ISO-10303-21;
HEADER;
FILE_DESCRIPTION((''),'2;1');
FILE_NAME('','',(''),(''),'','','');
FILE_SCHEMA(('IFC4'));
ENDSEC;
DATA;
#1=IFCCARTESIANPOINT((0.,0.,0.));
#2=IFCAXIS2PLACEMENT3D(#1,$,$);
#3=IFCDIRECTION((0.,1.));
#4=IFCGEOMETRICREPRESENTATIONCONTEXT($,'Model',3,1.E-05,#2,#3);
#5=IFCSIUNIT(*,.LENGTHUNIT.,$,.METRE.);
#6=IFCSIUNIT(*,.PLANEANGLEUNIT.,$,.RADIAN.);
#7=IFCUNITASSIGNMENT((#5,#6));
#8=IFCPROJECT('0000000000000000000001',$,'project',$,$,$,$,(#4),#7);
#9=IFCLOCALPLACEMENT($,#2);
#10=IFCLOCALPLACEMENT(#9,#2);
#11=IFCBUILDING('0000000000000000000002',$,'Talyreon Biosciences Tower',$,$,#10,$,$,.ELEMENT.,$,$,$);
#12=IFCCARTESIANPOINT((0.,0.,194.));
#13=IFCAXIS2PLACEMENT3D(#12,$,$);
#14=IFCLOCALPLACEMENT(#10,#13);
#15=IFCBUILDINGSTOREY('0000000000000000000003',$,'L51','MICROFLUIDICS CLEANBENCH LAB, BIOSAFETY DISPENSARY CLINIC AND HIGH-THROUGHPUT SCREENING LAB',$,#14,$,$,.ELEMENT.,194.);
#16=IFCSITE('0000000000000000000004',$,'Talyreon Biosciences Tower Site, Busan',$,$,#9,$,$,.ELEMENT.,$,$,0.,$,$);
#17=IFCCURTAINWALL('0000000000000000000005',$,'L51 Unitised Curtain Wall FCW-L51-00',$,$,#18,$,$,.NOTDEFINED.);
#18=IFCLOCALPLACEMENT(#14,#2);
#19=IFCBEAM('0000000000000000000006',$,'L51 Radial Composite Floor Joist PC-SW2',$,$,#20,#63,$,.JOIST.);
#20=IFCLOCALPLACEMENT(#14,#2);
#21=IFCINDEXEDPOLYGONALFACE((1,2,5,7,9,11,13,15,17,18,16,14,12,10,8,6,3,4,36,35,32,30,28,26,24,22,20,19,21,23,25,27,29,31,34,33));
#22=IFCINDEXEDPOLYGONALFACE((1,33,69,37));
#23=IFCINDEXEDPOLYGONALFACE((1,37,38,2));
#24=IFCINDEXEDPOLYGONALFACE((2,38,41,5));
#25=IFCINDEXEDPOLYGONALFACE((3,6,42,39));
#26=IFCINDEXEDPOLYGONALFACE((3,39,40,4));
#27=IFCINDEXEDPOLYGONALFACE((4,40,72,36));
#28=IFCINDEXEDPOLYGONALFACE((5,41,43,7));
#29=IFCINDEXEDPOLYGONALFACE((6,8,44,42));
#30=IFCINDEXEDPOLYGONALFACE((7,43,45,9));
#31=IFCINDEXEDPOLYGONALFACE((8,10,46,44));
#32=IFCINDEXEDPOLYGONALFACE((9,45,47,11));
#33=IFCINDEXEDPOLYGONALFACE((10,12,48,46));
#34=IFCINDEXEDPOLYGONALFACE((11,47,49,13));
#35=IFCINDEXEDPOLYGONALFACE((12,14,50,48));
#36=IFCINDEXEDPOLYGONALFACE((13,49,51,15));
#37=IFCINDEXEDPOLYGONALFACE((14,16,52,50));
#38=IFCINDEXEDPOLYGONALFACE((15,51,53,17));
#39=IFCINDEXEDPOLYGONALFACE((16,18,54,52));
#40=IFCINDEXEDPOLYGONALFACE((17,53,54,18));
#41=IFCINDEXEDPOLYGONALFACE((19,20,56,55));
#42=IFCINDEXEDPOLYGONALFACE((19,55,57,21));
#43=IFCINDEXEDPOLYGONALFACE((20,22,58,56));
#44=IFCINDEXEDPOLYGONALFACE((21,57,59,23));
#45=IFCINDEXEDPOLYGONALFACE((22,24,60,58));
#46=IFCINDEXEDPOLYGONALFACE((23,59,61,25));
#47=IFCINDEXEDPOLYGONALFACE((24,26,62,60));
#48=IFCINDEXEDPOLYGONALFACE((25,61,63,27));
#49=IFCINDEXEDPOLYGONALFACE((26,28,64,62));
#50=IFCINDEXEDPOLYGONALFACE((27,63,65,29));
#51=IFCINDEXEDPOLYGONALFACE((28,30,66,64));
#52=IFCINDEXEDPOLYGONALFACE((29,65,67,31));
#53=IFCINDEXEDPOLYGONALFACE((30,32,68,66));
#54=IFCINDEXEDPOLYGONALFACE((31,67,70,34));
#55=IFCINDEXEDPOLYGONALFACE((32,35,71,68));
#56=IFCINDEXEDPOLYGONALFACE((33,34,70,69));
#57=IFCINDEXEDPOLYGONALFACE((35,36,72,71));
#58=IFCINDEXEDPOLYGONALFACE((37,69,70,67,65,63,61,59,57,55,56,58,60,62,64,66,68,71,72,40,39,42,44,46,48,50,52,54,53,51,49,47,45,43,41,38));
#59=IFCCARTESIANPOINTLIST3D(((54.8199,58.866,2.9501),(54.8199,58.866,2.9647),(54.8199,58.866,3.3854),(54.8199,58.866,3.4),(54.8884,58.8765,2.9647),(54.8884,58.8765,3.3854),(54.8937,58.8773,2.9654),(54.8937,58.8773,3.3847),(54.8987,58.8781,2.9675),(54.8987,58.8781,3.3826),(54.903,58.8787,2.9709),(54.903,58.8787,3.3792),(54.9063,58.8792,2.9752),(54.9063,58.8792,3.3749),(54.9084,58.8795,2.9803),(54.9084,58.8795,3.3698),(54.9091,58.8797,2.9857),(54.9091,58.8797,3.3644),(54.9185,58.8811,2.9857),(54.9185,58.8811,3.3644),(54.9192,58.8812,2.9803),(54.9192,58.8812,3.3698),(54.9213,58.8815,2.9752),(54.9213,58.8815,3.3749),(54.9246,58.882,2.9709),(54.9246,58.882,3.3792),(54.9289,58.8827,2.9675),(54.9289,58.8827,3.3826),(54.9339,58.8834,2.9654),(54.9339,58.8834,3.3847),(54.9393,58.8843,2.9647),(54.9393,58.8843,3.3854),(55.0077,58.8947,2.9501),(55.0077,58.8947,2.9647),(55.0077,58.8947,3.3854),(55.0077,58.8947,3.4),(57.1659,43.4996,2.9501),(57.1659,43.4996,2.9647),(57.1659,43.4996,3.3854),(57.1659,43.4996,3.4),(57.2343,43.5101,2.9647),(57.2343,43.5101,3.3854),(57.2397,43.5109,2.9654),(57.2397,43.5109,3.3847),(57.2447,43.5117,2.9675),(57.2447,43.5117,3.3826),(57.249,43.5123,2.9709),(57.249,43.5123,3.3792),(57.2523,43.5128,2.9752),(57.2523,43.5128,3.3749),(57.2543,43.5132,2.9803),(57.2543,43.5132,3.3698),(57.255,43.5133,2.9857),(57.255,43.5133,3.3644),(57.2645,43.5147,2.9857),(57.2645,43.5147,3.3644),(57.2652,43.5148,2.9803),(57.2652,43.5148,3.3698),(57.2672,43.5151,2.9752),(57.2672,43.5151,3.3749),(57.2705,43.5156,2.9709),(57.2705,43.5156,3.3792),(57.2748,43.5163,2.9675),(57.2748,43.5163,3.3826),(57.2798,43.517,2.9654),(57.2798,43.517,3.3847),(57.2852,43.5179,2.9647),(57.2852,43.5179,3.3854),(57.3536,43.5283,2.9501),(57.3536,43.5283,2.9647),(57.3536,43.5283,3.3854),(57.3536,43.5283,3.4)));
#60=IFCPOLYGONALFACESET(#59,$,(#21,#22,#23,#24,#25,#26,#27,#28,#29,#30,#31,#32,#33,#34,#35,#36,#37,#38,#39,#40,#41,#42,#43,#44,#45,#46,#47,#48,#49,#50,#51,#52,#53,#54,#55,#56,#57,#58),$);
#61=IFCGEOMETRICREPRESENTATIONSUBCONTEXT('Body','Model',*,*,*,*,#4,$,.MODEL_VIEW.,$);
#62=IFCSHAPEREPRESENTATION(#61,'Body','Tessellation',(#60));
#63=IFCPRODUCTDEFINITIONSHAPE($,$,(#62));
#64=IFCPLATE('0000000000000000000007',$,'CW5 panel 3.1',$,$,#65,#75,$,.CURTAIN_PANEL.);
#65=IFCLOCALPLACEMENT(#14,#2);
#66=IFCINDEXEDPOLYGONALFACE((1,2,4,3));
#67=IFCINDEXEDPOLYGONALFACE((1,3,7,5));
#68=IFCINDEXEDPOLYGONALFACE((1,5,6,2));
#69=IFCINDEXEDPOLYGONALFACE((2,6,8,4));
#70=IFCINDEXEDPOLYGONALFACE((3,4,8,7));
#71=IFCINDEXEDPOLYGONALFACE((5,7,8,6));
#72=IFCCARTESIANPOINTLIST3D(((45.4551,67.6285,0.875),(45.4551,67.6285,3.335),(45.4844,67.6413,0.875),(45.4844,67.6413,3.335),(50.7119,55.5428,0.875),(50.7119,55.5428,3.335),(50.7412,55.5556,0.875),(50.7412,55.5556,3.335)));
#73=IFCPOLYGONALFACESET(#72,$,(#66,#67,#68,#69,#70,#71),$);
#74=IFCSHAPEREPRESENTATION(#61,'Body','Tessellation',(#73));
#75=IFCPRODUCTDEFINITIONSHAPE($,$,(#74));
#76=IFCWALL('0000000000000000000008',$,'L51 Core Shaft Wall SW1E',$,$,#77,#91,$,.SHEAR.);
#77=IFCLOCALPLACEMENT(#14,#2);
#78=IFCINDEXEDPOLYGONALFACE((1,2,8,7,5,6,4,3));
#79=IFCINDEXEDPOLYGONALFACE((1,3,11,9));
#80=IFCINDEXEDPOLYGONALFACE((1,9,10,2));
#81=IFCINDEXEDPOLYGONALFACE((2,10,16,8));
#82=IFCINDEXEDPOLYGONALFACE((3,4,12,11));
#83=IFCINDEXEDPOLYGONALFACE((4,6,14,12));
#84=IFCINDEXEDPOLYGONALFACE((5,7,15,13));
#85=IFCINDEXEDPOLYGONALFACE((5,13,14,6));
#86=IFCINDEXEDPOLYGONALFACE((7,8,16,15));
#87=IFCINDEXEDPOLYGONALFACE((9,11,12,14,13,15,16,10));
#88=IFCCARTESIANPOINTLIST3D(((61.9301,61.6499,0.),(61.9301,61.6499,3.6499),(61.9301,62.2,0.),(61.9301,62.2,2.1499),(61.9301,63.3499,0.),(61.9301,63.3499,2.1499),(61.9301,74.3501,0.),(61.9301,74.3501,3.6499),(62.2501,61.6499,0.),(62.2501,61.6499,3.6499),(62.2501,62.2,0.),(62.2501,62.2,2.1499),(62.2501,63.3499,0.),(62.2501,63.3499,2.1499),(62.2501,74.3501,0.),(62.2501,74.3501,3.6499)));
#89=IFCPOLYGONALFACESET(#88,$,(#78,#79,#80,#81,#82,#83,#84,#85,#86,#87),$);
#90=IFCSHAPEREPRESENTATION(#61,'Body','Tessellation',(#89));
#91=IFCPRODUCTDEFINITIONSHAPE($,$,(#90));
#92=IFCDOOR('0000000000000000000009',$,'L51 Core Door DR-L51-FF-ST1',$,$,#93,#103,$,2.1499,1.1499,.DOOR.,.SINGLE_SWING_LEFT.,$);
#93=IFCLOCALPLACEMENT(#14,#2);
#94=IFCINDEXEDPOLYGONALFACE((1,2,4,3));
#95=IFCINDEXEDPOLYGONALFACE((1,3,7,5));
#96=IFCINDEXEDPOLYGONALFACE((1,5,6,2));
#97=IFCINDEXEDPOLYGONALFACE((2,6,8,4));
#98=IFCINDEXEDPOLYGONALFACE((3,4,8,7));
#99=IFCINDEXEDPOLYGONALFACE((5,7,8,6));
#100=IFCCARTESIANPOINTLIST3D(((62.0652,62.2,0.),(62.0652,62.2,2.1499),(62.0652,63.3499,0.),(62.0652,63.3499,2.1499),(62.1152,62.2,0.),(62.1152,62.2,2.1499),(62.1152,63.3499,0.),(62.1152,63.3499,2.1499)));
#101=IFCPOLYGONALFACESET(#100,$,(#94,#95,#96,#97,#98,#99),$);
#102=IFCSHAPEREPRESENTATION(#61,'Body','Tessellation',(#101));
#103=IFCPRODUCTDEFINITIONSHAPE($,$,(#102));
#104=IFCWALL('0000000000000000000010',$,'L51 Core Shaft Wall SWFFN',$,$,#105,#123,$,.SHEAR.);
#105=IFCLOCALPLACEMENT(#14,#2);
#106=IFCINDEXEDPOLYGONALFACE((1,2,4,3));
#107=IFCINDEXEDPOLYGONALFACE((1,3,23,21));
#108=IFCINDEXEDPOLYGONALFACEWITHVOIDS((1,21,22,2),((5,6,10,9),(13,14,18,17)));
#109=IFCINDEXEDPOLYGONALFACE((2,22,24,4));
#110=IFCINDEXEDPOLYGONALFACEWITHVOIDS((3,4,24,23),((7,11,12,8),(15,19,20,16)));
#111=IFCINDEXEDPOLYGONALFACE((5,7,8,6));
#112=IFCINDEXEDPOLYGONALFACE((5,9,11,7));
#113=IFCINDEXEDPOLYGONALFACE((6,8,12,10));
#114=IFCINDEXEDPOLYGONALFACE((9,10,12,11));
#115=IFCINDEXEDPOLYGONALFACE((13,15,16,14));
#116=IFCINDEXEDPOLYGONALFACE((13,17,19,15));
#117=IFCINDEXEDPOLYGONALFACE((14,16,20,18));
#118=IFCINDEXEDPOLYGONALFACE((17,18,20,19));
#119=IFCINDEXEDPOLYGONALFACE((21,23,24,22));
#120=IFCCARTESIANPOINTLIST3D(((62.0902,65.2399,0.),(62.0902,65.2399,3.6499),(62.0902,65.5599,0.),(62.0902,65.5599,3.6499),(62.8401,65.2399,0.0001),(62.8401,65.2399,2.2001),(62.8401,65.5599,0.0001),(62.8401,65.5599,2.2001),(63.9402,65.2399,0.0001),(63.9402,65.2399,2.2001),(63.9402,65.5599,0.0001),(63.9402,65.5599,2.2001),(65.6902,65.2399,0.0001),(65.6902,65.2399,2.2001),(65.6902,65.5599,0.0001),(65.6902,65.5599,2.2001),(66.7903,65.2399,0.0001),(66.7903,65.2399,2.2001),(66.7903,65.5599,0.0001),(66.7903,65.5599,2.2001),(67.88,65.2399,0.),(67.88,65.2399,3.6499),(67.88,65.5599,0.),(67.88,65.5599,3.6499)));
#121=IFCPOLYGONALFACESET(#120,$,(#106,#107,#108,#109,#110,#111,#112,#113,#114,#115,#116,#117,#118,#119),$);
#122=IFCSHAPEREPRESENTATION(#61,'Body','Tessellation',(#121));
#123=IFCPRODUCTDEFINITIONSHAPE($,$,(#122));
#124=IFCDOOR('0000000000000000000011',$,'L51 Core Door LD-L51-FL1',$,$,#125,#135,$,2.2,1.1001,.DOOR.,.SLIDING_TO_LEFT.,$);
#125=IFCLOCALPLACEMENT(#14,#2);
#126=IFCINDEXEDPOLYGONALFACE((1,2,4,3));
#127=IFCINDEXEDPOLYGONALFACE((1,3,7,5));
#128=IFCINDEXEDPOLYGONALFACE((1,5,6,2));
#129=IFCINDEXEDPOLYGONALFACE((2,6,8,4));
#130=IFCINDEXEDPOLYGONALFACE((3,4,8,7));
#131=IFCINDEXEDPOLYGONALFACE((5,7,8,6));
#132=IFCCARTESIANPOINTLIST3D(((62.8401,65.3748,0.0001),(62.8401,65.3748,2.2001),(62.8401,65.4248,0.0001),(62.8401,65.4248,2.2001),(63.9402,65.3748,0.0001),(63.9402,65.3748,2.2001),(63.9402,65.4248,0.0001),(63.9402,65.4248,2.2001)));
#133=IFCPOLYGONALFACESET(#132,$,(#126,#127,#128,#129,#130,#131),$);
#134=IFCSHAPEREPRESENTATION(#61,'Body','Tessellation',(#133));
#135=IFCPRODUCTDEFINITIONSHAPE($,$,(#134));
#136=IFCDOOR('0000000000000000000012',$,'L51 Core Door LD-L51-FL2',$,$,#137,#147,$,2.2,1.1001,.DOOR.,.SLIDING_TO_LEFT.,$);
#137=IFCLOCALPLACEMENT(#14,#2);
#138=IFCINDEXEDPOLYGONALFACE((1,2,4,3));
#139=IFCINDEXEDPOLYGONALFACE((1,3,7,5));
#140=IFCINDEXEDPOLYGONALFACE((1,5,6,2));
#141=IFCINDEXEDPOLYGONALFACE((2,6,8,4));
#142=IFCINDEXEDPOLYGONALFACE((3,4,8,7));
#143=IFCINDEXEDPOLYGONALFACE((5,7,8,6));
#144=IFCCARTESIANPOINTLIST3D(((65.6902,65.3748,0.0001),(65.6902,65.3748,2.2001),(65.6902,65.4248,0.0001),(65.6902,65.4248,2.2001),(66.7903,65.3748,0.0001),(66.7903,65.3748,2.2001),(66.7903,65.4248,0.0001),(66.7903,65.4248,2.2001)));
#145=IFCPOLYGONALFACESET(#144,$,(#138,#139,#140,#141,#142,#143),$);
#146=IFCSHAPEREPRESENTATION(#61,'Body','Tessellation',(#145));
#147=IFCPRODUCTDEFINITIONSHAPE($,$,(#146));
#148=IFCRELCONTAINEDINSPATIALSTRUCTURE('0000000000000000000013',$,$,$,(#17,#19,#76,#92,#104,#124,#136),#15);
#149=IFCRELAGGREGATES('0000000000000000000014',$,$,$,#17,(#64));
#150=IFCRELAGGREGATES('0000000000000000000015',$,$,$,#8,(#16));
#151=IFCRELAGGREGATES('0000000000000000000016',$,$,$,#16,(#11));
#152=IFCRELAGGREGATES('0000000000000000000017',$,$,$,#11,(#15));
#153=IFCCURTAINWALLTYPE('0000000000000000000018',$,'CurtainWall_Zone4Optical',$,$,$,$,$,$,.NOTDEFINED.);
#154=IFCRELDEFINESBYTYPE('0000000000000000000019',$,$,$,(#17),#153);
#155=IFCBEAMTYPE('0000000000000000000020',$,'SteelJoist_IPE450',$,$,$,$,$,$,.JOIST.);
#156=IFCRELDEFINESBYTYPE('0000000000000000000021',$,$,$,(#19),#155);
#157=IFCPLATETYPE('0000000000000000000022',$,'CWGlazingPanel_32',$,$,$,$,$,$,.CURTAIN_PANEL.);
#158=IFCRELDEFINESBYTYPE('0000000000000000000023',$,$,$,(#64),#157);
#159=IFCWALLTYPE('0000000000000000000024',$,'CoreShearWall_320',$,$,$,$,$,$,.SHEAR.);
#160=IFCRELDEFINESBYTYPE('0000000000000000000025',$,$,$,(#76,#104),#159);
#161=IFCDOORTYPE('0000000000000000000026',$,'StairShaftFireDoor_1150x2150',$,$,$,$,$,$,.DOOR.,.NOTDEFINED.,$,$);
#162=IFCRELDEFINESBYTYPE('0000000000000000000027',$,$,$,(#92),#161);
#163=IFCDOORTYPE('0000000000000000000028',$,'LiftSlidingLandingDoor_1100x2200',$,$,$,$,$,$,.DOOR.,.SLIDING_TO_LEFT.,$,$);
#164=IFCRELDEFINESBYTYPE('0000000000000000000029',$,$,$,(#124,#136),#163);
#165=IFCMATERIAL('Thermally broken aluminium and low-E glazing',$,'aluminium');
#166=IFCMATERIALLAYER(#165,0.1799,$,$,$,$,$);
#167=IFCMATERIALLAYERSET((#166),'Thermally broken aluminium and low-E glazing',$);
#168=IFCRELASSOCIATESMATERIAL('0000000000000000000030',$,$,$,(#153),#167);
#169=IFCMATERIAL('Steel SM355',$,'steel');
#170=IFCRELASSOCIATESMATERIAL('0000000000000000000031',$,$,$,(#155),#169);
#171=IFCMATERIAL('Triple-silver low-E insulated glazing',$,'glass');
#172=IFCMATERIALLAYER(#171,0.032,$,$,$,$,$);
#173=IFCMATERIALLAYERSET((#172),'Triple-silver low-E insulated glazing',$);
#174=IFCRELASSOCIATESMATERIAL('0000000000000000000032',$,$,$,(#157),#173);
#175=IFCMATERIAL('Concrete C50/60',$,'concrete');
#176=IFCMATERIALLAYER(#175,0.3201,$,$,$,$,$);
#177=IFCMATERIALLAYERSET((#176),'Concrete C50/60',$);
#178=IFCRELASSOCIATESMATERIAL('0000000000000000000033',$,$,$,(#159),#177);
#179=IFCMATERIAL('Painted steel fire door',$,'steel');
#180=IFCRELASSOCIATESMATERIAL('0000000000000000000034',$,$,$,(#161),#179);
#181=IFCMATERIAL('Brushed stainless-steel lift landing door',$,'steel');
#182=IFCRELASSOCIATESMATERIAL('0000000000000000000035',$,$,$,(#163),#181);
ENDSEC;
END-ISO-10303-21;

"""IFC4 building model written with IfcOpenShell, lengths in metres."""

from ifc_helpers import new_model, si_unit, direction, frame, frame_2d, origin, origin_2d, place, context, subcontext, project, spatial, rectangle, i_section, extrude, material, layer, layer_set, material_profile, profile_set, type_object, element, fill, aggregate, save


model = new_model("IFC4")

# Units and contexts
model_context = context("Model", 3, precision=1e-05, world=origin(), true_north=direction((0.0, 1.0)))
body_context = subcontext(model_context, "Body", "Model", "MODEL_VIEW")
ifc_project = project(units=[si_unit("LENGTHUNIT", "METRE"), si_unit("PLANEANGLEUNIT", "RADIAN")], contexts=[model_context])

# Site, building, storey
site_placement = place(None, origin())
site = spatial("IfcSite", under=ifc_project, at=site_placement, Name="Talyreon Biosciences Tower Site, Busan", CompositionType="ELEMENT", RefElevation=0.0)
building_placement = place(site_placement, origin())
building = spatial("IfcBuilding", under=site, at=building_placement, Name="Talyreon Biosciences Tower", CompositionType="ELEMENT")
storey_placement = place(building_placement, frame((0.0, 0.0, 194.0)))
storey = spatial("IfcBuildingStorey", under=building, at=storey_placement, Name="L51", Description="MICROFLUIDICS CLEANBENCH LAB, BIOSAFETY DISPENSARY CLINIC AND HIGH-THROUGHPUT SCREENING LAB", CompositionType="ELEMENT", Elevation=194.0)

# Shared definitions
ifc_material_1 = material(Name="Concrete C50/60", Category="concrete")

# Curtain wall
ifc_material_2 = material(Name="Thermally broken aluminium and low-E glazing", Category="aluminium")
ifc_layer_1 = layer(ifc_material_2, 0.1799)
ifc_layer_set_1 = layer_set([ifc_layer_1], Name="Thermally broken aluminium and low-E glazing")
curtain_wall_type = type_object("IfcCurtainWallType", Name="CurtainWall_Zone4Optical", PredefinedType="NOTDEFINED", material=ifc_layer_set_1)
curtain_wall_placement = place(storey_placement, origin())
curtain_wall = element("IfcCurtainWall", 1, at=curtain_wall_placement, inside=storey, type_object=curtain_wall_type, Name="L51 Unitised Curtain Wall FCW-L51-00", PredefinedType="NOTDEFINED")

# Beam
ifc_material_3 = material(Name="Steel SM355", Category="steel")
ifc_material_profile_1 = material_profile(ifc_material_3, i_section(OverallWidth=0.1899, OverallDepth=0.45, WebThickness=0.0095, FlangeThickness=0.0146, FilletRadius=0.021, at=origin_2d()), Name="IPE450")
ifc_profile_set_1 = profile_set([ifc_material_profile_1], Name="Steel SM355")
beam_type_1 = type_object("IfcBeamType", Name="SteelJoist_IPE450", PredefinedType="JOIST", material=ifc_profile_set_1)
beam_1_placement = place(storey_placement, frame((54.9138, 58.8804, 3.175), z_axis=(0.150918, -0.988546, 0.0), x_axis=(0.988546, 0.150918, 0.0)))
element("IfcBeam", 2, at=beam_1_placement, inside=storey, type_object=beam_type_1, Name="L51 Radial Composite Floor Joist PC-SW2", PredefinedType="JOIST", context=body_context, shape_type="SweptSolid", body=[
    extrude(i_section(OverallWidth=0.1899, OverallDepth=0.45, WebThickness=0.0095, FlangeThickness=0.0146, FilletRadius=0.021, at=origin_2d()), origin(), (0.0, 0.0, 1.0), 15.5444),
])

# Plate
ifc_material_4 = material(Name="Triple-silver low-E insulated glazing", Category="glass")
ifc_layer_2 = layer(ifc_material_4, 0.032)
ifc_layer_set_2 = layer_set([ifc_layer_2], Name="Triple-silver low-E insulated glazing")
plate_type = type_object("IfcPlateType", Name="CWGlazingPanel_32", PredefinedType="CURTAIN_PANEL", material=ifc_layer_set_2)
plate_placement = place(storey_placement, frame((48.0981, 61.592, 0.875), z_axis=(0.0, 0.0, 1.0), x_axis=(-0.398862, 0.917011, 0.0)))
plate = element("IfcPlate", 3, at=plate_placement, type_object=plate_type, Name="CW5 panel 3.1", PredefinedType="CURTAIN_PANEL", context=body_context, shape_type="SweptSolid", body=[
    extrude(rectangle(XDim=13.1794, YDim=0.032, at=origin_2d()), origin(), (0.0, 0.0, 1.0), 2.46),
])
aggregate(curtain_wall, [plate])

# Wall, opening, door
ifc_layer_3 = layer(ifc_material_1, 0.3201)
ifc_layer_set_3 = layer_set([ifc_layer_3], Name="Concrete C50/60")
wall_type_1 = type_object("IfcWallType", Name="CoreShearWall_320", PredefinedType="SHEAR", material=ifc_layer_set_3)
wall_1_placement = place(storey_placement, frame((62.0901, 61.6499, 0.0), z_axis=(0.0, 0.0, 1.0), x_axis=(0.0, 1.0, 0.0)))
wall_1 = element("IfcWall", 4, at=wall_1_placement, inside=storey, type_object=wall_type_1, Name="L51 Core Shaft Wall SW1E", PredefinedType="SHEAR", context=body_context, shape_type="SweptSolid", body=[
    extrude(rectangle(XDim=12.7002, YDim=0.3201, at=frame_2d((6.3501, 0.0))), origin(), (0.0, 0.0, 1.0), 3.6499),
])
opening_1_placement = place(wall_1_placement, frame((0.55, 0.0, 0.0)))
opening_1 = element("IfcOpeningElement", 5, at=opening_1_placement, cuts=wall_1, PredefinedType="OPENING", context=body_context, shape_type="SweptSolid", body=[
    extrude(rectangle(XDim=1.1499, YDim=2.1499, at=frame_2d((0.575, 1.075))), frame((0.0, 0.1699, 0.0), z_axis=(0.0, -1.0, 0.0), x_axis=(1.0, 0.0, 0.0)), (0.0, 0.0, 1.0), 0.3401),
])
ifc_material_5 = material(Name="Painted steel fire door", Category="steel")
door_type_1 = type_object("IfcDoorType", Name="StairShaftFireDoor_1150x2150", OperationType="NOTDEFINED", PredefinedType="DOOR", material=ifc_material_5)
door_1_placement = place(opening_1_placement, origin())
door_1 = element("IfcDoor", 6, at=door_1_placement, inside=storey, type_object=door_type_1, Name="L51 Core Door DR-L51-FF-ST1", OperationType="SINGLE_SWING_LEFT", OverallHeight=2.1499, OverallWidth=1.1499, PredefinedType="DOOR", context=body_context, shape_type="SweptSolid", body=[
    extrude(rectangle(XDim=1.1499, YDim=2.1499, at=frame_2d((0.575, 1.075))), frame((0.0, 0.0249, 0.0), z_axis=(0.0, -1.0, 0.0), x_axis=(1.0, 0.0, 0.0)), (0.0, 0.0, 1.0), 0.05),
])
fill(opening_1, door_1)

# Wall, openings, doors
wall_2_placement = place(storey_placement, frame((62.0901, 65.3999, 0.0), z_axis=(0.0, 0.0, 1.0), x_axis=(1.0, 0.0, 0.0)))
wall_2 = element("IfcWall", 7, at=wall_2_placement, inside=storey, type_object=wall_type_1, Name="L51 Core Shaft Wall SWFFN", PredefinedType="SHEAR", context=body_context, shape_type="SweptSolid", body=[
    extrude(rectangle(XDim=5.7898, YDim=0.3201, at=frame_2d((2.895, 0.0))), origin(), (0.0, 0.0, 1.0), 3.6499),
])
opening_2_placement = place(wall_2_placement, frame((0.75, 0.0, 0.0)))
opening_2 = element("IfcOpeningElement", 8, at=opening_2_placement, cuts=wall_2, PredefinedType="OPENING", context=body_context, shape_type="SweptSolid", body=[
    extrude(rectangle(XDim=1.1001, YDim=2.2, at=frame_2d((0.55, 1.1001))), frame((0.0, 0.1699, 0.0), z_axis=(0.0, -1.0, 0.0), x_axis=(1.0, 0.0, 0.0)), (0.0, 0.0, 1.0), 0.3401),
])
opening_3_placement = place(wall_2_placement, frame((3.6001, 0.0, 0.0)))
opening_3 = element("IfcOpeningElement", 9, at=opening_3_placement, cuts=wall_2, PredefinedType="OPENING", context=body_context, shape_type="SweptSolid", body=[
    extrude(rectangle(XDim=1.1001, YDim=2.2, at=frame_2d((0.55, 1.1001))), frame((0.0, 0.1699, 0.0), z_axis=(0.0, -1.0, 0.0), x_axis=(1.0, 0.0, 0.0)), (0.0, 0.0, 1.0), 0.3401),
])
ifc_material_6 = material(Name="Brushed stainless-steel lift landing door", Category="steel")
door_type_2 = type_object("IfcDoorType", Name="LiftSlidingLandingDoor_1100x2200", OperationType="SLIDING_TO_LEFT", PredefinedType="DOOR", material=ifc_material_6)
door_2_placement = place(opening_2_placement, origin())
door_2 = element("IfcDoor", 10, at=door_2_placement, inside=storey, type_object=door_type_2, Name="L51 Core Door LD-L51-FL1", OperationType="SLIDING_TO_LEFT", OverallHeight=2.2, OverallWidth=1.1001, PredefinedType="DOOR", context=body_context, shape_type="SweptSolid", body=[
    extrude(rectangle(XDim=1.1001, YDim=2.2, at=frame_2d((0.55, 1.1001))), frame((0.0, 0.0249, 0.0), z_axis=(0.0, -1.0, 0.0), x_axis=(1.0, 0.0, 0.0)), (0.0, 0.0, 1.0), 0.05),
])
fill(opening_2, door_2)
door_3_placement = place(opening_3_placement, origin())
door_3 = element("IfcDoor", 11, at=door_3_placement, inside=storey, type_object=door_type_2, Name="L51 Core Door LD-L51-FL2", OperationType="SLIDING_TO_LEFT", OverallHeight=2.2, OverallWidth=1.1001, PredefinedType="DOOR", context=body_context, shape_type="SweptSolid", body=[
    extrude(rectangle(XDim=1.1001, YDim=2.2, at=frame_2d((0.55, 1.1001))), frame((0.0, 0.0249, 0.0), z_axis=(0.0, -1.0, 0.0), x_axis=(1.0, 0.0, 0.0)), (0.0, 0.0, 1.0), 0.05),
])
fill(opening_3, door_3)

save(model, "model.ifc")
